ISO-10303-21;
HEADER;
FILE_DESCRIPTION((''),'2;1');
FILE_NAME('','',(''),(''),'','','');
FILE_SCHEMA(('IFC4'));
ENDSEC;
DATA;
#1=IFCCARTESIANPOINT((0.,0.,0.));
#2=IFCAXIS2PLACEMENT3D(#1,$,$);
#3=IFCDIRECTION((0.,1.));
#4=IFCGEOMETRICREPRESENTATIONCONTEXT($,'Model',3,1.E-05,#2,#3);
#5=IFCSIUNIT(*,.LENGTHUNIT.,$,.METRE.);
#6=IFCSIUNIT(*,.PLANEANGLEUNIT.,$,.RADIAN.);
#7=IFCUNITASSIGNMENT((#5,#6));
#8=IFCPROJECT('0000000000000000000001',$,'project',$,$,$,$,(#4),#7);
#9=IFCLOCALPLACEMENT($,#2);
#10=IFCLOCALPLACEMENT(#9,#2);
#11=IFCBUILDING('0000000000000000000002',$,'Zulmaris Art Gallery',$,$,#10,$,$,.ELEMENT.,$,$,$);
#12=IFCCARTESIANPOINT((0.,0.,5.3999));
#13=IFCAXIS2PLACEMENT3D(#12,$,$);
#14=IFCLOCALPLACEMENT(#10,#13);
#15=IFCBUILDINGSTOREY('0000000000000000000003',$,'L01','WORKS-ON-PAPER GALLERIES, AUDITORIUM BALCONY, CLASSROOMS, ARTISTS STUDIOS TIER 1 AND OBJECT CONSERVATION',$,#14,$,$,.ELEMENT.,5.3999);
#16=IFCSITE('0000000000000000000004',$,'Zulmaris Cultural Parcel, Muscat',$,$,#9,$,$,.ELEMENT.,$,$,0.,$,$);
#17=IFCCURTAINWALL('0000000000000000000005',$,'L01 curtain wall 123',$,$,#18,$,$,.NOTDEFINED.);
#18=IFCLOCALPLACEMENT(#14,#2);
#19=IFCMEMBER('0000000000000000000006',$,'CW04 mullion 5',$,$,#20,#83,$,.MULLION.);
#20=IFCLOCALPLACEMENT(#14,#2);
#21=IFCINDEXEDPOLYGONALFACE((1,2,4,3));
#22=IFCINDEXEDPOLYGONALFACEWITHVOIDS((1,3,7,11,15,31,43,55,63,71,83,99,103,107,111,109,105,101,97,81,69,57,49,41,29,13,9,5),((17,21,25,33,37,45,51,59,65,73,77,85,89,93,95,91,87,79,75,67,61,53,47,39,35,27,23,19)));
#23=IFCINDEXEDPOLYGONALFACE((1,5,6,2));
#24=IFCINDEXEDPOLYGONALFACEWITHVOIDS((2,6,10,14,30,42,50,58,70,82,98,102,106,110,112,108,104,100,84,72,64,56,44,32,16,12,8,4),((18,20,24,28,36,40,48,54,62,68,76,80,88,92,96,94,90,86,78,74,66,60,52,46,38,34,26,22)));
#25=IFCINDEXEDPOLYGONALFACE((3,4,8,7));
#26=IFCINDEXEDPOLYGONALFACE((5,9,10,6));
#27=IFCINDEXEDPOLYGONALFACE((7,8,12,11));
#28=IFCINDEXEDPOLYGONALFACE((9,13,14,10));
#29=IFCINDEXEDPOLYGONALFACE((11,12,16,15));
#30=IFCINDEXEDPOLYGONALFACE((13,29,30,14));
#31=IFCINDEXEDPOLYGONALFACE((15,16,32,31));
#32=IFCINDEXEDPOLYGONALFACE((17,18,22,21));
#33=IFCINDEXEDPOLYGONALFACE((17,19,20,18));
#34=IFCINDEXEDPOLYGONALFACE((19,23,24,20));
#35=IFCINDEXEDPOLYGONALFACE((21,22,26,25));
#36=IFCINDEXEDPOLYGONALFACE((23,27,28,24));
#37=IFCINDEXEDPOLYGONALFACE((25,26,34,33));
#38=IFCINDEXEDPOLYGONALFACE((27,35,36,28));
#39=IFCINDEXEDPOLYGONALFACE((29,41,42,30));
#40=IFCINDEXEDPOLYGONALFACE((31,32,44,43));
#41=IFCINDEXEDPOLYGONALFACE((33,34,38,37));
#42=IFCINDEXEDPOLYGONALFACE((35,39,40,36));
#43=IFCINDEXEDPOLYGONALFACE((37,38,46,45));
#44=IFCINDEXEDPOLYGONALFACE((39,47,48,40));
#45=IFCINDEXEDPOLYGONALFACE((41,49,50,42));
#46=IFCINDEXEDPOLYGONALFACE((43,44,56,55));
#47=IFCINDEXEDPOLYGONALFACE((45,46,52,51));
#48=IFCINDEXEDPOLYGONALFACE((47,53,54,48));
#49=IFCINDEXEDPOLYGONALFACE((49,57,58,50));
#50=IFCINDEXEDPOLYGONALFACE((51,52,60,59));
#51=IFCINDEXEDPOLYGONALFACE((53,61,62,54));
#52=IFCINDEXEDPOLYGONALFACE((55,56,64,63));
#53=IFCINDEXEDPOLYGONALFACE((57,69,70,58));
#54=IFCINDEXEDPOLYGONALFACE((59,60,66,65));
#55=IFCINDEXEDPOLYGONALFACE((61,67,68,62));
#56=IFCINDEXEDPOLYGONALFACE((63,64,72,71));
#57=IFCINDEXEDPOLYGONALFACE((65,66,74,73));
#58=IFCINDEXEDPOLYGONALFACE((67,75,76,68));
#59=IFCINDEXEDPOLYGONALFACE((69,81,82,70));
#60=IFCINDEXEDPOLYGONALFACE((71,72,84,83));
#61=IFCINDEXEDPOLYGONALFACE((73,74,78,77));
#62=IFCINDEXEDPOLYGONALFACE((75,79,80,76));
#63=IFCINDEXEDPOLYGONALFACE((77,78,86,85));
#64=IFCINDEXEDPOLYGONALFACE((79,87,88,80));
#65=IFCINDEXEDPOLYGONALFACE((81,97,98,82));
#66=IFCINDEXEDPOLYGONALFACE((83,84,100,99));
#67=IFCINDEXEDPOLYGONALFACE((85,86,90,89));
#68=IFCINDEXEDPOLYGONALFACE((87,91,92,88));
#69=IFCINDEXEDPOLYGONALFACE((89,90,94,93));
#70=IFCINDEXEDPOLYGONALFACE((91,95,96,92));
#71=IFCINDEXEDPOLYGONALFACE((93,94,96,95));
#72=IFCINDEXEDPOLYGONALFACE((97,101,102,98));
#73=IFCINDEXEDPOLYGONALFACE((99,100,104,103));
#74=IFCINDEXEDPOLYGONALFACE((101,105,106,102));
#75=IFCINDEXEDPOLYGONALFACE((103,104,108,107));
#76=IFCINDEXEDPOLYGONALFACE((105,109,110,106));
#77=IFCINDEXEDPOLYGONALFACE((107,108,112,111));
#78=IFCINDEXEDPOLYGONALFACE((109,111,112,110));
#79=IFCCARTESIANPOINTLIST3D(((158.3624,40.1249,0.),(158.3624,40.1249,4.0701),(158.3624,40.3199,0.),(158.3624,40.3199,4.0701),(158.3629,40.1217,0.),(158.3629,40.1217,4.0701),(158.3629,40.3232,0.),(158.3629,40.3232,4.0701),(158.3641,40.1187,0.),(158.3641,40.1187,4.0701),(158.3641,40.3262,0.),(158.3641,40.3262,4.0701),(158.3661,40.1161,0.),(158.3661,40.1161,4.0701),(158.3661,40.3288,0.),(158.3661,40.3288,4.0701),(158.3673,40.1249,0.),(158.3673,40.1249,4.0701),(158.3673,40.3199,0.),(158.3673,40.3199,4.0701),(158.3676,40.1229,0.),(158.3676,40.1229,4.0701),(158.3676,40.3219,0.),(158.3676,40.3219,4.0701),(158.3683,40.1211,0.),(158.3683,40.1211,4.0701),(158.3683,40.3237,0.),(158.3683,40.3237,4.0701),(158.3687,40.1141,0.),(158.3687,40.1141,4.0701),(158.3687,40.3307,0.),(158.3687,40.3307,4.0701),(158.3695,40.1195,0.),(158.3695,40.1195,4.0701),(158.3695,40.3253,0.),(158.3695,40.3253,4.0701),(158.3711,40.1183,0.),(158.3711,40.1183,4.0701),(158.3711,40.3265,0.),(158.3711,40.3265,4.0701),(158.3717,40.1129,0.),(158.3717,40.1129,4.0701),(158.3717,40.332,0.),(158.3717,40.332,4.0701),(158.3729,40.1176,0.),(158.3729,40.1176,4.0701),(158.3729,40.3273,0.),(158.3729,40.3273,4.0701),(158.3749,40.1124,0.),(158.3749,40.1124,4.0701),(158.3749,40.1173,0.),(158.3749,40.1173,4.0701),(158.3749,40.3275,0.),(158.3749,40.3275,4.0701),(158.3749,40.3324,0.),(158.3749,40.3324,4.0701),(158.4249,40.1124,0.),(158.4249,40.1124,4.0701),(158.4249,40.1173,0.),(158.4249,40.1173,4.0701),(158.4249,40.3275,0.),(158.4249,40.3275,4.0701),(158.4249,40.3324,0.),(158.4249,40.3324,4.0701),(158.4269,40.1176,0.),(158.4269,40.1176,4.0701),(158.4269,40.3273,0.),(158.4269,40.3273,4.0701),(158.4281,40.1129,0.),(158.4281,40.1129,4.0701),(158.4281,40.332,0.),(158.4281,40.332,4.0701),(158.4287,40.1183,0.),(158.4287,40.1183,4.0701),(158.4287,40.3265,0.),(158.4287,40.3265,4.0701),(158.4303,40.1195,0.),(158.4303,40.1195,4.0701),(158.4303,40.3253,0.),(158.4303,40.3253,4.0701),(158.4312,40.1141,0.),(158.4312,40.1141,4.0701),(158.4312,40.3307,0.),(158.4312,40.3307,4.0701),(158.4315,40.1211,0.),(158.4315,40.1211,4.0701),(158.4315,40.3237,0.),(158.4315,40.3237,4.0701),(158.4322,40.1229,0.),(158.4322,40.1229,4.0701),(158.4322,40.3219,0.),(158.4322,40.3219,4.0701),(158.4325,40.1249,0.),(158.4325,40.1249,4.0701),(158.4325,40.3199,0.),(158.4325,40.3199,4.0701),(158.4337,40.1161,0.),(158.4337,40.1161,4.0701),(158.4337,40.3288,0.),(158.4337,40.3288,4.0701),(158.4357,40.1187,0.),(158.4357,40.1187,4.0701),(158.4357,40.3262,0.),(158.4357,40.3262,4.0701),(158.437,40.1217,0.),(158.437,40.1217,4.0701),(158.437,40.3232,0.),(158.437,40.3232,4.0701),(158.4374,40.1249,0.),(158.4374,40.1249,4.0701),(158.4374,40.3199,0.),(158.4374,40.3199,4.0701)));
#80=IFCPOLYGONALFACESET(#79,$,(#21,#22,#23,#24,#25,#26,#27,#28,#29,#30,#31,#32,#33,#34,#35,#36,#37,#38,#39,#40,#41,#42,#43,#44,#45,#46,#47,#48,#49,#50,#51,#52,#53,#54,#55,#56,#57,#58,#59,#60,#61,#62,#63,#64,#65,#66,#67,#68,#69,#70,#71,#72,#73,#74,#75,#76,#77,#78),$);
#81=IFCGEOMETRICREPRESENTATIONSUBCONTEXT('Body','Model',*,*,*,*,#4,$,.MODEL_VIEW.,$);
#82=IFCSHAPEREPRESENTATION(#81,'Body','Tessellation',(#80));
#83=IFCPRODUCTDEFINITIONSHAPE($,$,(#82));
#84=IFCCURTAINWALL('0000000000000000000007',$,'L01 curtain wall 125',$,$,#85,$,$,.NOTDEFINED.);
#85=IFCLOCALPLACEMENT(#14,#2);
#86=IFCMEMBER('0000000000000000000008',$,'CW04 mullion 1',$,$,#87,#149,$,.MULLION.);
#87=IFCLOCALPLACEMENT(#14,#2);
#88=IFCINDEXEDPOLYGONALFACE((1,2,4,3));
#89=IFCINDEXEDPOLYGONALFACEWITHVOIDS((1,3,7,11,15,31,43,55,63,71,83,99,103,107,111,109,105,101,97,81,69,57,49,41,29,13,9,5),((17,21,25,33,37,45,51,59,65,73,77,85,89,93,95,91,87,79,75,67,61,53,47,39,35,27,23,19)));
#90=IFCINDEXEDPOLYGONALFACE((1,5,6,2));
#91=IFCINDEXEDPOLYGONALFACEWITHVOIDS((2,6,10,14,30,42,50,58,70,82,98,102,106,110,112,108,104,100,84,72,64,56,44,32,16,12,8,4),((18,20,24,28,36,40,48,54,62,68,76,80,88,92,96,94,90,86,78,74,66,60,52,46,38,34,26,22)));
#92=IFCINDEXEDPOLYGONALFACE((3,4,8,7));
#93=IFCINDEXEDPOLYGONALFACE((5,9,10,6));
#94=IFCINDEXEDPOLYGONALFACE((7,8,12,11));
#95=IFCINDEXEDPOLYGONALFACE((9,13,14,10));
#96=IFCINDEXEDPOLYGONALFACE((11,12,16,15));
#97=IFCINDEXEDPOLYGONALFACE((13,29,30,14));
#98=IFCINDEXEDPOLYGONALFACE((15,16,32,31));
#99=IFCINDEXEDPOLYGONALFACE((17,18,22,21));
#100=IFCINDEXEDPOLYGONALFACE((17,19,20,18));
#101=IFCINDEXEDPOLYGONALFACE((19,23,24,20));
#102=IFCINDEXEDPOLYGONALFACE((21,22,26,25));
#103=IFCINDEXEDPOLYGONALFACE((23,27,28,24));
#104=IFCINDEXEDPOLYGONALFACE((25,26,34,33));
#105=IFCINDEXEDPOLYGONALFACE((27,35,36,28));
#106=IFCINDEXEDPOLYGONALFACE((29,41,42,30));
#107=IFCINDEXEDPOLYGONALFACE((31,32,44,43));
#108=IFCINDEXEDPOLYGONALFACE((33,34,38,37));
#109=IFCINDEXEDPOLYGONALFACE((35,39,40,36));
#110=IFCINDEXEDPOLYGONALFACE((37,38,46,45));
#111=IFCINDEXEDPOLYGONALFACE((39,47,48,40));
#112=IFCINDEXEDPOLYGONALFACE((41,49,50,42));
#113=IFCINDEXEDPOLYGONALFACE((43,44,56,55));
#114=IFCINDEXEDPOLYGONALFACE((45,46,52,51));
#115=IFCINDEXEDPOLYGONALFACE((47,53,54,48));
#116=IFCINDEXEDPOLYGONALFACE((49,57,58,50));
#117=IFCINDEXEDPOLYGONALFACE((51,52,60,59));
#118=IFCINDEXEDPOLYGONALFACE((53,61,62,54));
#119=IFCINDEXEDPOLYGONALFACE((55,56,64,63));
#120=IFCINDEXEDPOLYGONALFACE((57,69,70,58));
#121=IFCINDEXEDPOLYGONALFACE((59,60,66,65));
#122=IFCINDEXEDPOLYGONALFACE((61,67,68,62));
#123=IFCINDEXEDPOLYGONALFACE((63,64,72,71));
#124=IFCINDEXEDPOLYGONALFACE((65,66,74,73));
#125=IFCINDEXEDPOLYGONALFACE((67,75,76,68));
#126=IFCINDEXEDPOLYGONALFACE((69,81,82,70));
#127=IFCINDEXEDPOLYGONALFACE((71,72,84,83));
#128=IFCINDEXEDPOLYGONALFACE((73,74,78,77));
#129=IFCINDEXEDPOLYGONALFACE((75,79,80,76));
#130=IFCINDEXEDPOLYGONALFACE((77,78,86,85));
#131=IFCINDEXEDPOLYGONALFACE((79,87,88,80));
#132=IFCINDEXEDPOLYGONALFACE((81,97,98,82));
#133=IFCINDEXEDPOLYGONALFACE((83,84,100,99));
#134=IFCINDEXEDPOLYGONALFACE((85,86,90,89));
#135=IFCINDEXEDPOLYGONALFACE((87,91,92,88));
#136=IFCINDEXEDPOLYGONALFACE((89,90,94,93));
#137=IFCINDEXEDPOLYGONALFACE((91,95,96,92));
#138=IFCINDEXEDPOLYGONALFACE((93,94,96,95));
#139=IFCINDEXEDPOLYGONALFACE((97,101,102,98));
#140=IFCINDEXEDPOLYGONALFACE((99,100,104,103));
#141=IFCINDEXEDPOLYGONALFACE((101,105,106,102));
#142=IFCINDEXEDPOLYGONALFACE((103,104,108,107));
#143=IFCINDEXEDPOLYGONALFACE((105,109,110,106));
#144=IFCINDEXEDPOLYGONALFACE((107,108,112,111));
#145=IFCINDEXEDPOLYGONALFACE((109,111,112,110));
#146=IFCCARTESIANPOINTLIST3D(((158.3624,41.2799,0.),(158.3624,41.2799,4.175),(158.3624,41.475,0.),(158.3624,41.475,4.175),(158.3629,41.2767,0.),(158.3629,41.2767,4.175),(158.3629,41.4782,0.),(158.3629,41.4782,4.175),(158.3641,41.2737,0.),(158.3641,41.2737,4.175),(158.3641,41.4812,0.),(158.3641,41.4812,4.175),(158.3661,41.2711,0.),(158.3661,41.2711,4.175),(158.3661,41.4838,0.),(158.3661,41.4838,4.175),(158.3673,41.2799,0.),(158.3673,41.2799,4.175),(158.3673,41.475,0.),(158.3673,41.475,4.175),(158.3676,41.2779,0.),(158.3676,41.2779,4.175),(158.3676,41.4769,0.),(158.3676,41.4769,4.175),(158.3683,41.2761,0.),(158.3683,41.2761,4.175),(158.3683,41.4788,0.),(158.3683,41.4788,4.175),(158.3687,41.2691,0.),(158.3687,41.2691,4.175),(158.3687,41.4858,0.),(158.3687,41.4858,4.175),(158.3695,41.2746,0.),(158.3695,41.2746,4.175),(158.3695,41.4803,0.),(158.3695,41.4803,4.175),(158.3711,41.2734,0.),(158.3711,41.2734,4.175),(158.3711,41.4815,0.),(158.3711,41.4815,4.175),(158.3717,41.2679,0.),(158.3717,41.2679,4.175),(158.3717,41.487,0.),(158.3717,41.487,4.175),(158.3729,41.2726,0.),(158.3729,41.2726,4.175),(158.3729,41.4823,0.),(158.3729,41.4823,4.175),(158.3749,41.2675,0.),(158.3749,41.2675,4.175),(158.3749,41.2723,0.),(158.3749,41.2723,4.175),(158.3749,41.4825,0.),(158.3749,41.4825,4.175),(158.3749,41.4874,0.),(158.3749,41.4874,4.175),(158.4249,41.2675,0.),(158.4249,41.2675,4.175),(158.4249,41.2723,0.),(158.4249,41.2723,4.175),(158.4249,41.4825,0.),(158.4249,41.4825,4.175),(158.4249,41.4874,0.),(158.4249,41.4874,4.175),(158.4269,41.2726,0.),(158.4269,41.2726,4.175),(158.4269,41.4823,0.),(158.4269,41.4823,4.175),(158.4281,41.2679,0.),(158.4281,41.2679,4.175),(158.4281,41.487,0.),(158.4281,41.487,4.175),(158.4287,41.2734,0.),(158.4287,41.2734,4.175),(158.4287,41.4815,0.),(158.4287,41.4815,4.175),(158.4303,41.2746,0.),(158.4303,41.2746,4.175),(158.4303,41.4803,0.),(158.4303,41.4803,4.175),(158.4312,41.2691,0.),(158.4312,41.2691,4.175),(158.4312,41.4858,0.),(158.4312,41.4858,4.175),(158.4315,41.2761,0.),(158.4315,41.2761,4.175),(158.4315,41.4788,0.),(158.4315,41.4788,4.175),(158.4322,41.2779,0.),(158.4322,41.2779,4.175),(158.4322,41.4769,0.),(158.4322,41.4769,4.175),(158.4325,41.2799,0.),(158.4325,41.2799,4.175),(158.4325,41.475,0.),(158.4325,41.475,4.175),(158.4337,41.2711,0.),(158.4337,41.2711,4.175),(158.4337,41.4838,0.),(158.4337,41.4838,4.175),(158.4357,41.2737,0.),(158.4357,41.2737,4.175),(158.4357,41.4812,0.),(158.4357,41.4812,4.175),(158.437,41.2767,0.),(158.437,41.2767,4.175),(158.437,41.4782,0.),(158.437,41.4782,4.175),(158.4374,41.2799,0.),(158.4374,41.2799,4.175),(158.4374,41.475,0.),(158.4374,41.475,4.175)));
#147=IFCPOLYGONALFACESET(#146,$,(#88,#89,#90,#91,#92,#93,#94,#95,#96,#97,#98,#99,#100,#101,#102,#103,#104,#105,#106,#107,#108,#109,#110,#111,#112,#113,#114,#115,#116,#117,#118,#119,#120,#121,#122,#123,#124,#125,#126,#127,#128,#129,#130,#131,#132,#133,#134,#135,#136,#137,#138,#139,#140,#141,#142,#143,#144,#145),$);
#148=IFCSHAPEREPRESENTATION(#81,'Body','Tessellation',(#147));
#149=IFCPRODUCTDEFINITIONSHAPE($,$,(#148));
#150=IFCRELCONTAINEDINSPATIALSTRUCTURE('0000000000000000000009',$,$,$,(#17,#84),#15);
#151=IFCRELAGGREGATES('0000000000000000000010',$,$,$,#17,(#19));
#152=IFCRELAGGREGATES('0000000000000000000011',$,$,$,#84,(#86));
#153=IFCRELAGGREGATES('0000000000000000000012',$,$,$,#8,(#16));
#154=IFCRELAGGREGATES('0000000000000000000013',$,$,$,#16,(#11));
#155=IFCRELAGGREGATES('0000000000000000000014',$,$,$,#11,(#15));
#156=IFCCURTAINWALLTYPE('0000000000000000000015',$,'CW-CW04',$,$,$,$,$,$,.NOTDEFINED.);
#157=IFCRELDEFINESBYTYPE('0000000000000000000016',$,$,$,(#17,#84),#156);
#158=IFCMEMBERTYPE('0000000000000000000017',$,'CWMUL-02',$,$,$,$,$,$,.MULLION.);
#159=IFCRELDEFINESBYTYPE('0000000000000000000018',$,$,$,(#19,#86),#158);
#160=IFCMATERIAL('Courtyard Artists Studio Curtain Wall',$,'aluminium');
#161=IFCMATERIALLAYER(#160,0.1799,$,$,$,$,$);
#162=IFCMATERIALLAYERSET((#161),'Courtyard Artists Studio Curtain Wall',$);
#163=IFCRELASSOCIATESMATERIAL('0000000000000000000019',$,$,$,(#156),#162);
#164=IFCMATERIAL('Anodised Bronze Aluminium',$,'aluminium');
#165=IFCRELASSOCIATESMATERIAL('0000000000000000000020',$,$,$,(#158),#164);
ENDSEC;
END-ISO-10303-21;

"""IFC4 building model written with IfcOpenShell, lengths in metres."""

from ifc_helpers import new_model, si_unit, direction, frame, origin, origin_2d, place, context, subcontext, project, spatial, hollow_rectangle, extrude, material, layer, layer_set, material_profile, profile_set, type_object, element, aggregate, save


model = new_model("IFC4")

# Units and contexts
model_context = context("Model", 3, precision=1e-05, world=origin(), true_north=direction((0.0, 1.0)))
body_context = subcontext(model_context, "Body", "Model", "MODEL_VIEW")
ifc_project = project(units=[si_unit("LENGTHUNIT", "METRE"), si_unit("PLANEANGLEUNIT", "RADIAN")], contexts=[model_context])

# Site, building, storey
site_placement = place(None, origin())
site = spatial("IfcSite", under=ifc_project, at=site_placement, Name="Zulmaris Cultural Parcel, Muscat", CompositionType="ELEMENT", RefElevation=0.0)
building_placement = place(site_placement, origin())
building = spatial("IfcBuilding", under=site, at=building_placement, Name="Zulmaris Art Gallery", CompositionType="ELEMENT")
storey_placement = place(building_placement, frame((0.0, 0.0, 5.3999)))
storey = spatial("IfcBuildingStorey", under=building, at=storey_placement, Name="L01", Description="WORKS-ON-PAPER GALLERIES, AUDITORIUM BALCONY, CLASSROOMS, ARTISTS STUDIOS TIER 1 AND OBJECT CONSERVATION", CompositionType="ELEMENT", Elevation=5.3999)

# Curtain walls, members
ifc_material_1 = material(Name="Courtyard Artists Studio Curtain Wall", Category="aluminium")
ifc_layer_1 = layer(ifc_material_1, 0.1799)
ifc_layer_set_1 = layer_set([ifc_layer_1], Name="Courtyard Artists Studio Curtain Wall")
curtain_wall_type = type_object("IfcCurtainWallType", Name="CW-CW04", PredefinedType="NOTDEFINED", material=ifc_layer_set_1)
curtain_wall_1_placement = place(storey_placement, origin())
curtain_wall_1 = element("IfcCurtainWall", 1, at=curtain_wall_1_placement, inside=storey, type_object=curtain_wall_type, Name="L01 curtain wall 123", PredefinedType="NOTDEFINED")
ifc_material_2 = material(Name="Anodised Bronze Aluminium", Category="aluminium")
ifc_material_profile_1 = material_profile(ifc_material_2, hollow_rectangle(XDim=0.075, YDim=0.22, WallThickness=0.0049, InnerFilletRadius=0.0076, OuterFilletRadius=0.0125, at=origin_2d()), Name="ALU 75x220x5")
ifc_profile_set_1 = profile_set([ifc_material_profile_1], Name="Anodised Bronze Aluminium")
member_type_1 = type_object("IfcMemberType", Name="CWMUL-02", PredefinedType="MULLION", material=ifc_profile_set_1)
member_1_placement = place(storey_placement, frame((158.3999, 40.2224, 0.0), z_axis=(0.0, 0.0, 1.0), x_axis=(-1.0, 0.0, 0.0)))
member_1 = element("IfcMember", 2, at=member_1_placement, type_object=member_type_1, Name="CW04 mullion 5", PredefinedType="MULLION", context=body_context, shape_type="SweptSolid", body=[
    extrude(hollow_rectangle(XDim=0.075, YDim=0.22, WallThickness=0.0049, InnerFilletRadius=0.0076, OuterFilletRadius=0.0125, at=origin_2d()), origin(), (0.0, 0.0, 1.0), 4.0701),
])
curtain_wall_2_placement = place(storey_placement, origin())
curtain_wall_2 = element("IfcCurtainWall", 3, at=curtain_wall_2_placement, inside=storey, type_object=curtain_wall_type, Name="L01 curtain wall 125", PredefinedType="NOTDEFINED")
member_2_placement = place(storey_placement, frame((158.3999, 41.3774, 0.0), z_axis=(0.0, 0.0, 1.0), x_axis=(-1.0, 0.0, 0.0)))
member_2 = element("IfcMember", 4, at=member_2_placement, type_object=member_type_1, Name="CW04 mullion 1", PredefinedType="MULLION", context=body_context, shape_type="SweptSolid", body=[
    extrude(hollow_rectangle(XDim=0.075, YDim=0.22, WallThickness=0.0049, InnerFilletRadius=0.0076, OuterFilletRadius=0.0125, at=origin_2d()), origin(), (0.0, 0.0, 1.0), 4.175),
])

aggregate(curtain_wall_1, [member_1])
aggregate(curtain_wall_2, [member_2])

save(model, "model.ifc")
